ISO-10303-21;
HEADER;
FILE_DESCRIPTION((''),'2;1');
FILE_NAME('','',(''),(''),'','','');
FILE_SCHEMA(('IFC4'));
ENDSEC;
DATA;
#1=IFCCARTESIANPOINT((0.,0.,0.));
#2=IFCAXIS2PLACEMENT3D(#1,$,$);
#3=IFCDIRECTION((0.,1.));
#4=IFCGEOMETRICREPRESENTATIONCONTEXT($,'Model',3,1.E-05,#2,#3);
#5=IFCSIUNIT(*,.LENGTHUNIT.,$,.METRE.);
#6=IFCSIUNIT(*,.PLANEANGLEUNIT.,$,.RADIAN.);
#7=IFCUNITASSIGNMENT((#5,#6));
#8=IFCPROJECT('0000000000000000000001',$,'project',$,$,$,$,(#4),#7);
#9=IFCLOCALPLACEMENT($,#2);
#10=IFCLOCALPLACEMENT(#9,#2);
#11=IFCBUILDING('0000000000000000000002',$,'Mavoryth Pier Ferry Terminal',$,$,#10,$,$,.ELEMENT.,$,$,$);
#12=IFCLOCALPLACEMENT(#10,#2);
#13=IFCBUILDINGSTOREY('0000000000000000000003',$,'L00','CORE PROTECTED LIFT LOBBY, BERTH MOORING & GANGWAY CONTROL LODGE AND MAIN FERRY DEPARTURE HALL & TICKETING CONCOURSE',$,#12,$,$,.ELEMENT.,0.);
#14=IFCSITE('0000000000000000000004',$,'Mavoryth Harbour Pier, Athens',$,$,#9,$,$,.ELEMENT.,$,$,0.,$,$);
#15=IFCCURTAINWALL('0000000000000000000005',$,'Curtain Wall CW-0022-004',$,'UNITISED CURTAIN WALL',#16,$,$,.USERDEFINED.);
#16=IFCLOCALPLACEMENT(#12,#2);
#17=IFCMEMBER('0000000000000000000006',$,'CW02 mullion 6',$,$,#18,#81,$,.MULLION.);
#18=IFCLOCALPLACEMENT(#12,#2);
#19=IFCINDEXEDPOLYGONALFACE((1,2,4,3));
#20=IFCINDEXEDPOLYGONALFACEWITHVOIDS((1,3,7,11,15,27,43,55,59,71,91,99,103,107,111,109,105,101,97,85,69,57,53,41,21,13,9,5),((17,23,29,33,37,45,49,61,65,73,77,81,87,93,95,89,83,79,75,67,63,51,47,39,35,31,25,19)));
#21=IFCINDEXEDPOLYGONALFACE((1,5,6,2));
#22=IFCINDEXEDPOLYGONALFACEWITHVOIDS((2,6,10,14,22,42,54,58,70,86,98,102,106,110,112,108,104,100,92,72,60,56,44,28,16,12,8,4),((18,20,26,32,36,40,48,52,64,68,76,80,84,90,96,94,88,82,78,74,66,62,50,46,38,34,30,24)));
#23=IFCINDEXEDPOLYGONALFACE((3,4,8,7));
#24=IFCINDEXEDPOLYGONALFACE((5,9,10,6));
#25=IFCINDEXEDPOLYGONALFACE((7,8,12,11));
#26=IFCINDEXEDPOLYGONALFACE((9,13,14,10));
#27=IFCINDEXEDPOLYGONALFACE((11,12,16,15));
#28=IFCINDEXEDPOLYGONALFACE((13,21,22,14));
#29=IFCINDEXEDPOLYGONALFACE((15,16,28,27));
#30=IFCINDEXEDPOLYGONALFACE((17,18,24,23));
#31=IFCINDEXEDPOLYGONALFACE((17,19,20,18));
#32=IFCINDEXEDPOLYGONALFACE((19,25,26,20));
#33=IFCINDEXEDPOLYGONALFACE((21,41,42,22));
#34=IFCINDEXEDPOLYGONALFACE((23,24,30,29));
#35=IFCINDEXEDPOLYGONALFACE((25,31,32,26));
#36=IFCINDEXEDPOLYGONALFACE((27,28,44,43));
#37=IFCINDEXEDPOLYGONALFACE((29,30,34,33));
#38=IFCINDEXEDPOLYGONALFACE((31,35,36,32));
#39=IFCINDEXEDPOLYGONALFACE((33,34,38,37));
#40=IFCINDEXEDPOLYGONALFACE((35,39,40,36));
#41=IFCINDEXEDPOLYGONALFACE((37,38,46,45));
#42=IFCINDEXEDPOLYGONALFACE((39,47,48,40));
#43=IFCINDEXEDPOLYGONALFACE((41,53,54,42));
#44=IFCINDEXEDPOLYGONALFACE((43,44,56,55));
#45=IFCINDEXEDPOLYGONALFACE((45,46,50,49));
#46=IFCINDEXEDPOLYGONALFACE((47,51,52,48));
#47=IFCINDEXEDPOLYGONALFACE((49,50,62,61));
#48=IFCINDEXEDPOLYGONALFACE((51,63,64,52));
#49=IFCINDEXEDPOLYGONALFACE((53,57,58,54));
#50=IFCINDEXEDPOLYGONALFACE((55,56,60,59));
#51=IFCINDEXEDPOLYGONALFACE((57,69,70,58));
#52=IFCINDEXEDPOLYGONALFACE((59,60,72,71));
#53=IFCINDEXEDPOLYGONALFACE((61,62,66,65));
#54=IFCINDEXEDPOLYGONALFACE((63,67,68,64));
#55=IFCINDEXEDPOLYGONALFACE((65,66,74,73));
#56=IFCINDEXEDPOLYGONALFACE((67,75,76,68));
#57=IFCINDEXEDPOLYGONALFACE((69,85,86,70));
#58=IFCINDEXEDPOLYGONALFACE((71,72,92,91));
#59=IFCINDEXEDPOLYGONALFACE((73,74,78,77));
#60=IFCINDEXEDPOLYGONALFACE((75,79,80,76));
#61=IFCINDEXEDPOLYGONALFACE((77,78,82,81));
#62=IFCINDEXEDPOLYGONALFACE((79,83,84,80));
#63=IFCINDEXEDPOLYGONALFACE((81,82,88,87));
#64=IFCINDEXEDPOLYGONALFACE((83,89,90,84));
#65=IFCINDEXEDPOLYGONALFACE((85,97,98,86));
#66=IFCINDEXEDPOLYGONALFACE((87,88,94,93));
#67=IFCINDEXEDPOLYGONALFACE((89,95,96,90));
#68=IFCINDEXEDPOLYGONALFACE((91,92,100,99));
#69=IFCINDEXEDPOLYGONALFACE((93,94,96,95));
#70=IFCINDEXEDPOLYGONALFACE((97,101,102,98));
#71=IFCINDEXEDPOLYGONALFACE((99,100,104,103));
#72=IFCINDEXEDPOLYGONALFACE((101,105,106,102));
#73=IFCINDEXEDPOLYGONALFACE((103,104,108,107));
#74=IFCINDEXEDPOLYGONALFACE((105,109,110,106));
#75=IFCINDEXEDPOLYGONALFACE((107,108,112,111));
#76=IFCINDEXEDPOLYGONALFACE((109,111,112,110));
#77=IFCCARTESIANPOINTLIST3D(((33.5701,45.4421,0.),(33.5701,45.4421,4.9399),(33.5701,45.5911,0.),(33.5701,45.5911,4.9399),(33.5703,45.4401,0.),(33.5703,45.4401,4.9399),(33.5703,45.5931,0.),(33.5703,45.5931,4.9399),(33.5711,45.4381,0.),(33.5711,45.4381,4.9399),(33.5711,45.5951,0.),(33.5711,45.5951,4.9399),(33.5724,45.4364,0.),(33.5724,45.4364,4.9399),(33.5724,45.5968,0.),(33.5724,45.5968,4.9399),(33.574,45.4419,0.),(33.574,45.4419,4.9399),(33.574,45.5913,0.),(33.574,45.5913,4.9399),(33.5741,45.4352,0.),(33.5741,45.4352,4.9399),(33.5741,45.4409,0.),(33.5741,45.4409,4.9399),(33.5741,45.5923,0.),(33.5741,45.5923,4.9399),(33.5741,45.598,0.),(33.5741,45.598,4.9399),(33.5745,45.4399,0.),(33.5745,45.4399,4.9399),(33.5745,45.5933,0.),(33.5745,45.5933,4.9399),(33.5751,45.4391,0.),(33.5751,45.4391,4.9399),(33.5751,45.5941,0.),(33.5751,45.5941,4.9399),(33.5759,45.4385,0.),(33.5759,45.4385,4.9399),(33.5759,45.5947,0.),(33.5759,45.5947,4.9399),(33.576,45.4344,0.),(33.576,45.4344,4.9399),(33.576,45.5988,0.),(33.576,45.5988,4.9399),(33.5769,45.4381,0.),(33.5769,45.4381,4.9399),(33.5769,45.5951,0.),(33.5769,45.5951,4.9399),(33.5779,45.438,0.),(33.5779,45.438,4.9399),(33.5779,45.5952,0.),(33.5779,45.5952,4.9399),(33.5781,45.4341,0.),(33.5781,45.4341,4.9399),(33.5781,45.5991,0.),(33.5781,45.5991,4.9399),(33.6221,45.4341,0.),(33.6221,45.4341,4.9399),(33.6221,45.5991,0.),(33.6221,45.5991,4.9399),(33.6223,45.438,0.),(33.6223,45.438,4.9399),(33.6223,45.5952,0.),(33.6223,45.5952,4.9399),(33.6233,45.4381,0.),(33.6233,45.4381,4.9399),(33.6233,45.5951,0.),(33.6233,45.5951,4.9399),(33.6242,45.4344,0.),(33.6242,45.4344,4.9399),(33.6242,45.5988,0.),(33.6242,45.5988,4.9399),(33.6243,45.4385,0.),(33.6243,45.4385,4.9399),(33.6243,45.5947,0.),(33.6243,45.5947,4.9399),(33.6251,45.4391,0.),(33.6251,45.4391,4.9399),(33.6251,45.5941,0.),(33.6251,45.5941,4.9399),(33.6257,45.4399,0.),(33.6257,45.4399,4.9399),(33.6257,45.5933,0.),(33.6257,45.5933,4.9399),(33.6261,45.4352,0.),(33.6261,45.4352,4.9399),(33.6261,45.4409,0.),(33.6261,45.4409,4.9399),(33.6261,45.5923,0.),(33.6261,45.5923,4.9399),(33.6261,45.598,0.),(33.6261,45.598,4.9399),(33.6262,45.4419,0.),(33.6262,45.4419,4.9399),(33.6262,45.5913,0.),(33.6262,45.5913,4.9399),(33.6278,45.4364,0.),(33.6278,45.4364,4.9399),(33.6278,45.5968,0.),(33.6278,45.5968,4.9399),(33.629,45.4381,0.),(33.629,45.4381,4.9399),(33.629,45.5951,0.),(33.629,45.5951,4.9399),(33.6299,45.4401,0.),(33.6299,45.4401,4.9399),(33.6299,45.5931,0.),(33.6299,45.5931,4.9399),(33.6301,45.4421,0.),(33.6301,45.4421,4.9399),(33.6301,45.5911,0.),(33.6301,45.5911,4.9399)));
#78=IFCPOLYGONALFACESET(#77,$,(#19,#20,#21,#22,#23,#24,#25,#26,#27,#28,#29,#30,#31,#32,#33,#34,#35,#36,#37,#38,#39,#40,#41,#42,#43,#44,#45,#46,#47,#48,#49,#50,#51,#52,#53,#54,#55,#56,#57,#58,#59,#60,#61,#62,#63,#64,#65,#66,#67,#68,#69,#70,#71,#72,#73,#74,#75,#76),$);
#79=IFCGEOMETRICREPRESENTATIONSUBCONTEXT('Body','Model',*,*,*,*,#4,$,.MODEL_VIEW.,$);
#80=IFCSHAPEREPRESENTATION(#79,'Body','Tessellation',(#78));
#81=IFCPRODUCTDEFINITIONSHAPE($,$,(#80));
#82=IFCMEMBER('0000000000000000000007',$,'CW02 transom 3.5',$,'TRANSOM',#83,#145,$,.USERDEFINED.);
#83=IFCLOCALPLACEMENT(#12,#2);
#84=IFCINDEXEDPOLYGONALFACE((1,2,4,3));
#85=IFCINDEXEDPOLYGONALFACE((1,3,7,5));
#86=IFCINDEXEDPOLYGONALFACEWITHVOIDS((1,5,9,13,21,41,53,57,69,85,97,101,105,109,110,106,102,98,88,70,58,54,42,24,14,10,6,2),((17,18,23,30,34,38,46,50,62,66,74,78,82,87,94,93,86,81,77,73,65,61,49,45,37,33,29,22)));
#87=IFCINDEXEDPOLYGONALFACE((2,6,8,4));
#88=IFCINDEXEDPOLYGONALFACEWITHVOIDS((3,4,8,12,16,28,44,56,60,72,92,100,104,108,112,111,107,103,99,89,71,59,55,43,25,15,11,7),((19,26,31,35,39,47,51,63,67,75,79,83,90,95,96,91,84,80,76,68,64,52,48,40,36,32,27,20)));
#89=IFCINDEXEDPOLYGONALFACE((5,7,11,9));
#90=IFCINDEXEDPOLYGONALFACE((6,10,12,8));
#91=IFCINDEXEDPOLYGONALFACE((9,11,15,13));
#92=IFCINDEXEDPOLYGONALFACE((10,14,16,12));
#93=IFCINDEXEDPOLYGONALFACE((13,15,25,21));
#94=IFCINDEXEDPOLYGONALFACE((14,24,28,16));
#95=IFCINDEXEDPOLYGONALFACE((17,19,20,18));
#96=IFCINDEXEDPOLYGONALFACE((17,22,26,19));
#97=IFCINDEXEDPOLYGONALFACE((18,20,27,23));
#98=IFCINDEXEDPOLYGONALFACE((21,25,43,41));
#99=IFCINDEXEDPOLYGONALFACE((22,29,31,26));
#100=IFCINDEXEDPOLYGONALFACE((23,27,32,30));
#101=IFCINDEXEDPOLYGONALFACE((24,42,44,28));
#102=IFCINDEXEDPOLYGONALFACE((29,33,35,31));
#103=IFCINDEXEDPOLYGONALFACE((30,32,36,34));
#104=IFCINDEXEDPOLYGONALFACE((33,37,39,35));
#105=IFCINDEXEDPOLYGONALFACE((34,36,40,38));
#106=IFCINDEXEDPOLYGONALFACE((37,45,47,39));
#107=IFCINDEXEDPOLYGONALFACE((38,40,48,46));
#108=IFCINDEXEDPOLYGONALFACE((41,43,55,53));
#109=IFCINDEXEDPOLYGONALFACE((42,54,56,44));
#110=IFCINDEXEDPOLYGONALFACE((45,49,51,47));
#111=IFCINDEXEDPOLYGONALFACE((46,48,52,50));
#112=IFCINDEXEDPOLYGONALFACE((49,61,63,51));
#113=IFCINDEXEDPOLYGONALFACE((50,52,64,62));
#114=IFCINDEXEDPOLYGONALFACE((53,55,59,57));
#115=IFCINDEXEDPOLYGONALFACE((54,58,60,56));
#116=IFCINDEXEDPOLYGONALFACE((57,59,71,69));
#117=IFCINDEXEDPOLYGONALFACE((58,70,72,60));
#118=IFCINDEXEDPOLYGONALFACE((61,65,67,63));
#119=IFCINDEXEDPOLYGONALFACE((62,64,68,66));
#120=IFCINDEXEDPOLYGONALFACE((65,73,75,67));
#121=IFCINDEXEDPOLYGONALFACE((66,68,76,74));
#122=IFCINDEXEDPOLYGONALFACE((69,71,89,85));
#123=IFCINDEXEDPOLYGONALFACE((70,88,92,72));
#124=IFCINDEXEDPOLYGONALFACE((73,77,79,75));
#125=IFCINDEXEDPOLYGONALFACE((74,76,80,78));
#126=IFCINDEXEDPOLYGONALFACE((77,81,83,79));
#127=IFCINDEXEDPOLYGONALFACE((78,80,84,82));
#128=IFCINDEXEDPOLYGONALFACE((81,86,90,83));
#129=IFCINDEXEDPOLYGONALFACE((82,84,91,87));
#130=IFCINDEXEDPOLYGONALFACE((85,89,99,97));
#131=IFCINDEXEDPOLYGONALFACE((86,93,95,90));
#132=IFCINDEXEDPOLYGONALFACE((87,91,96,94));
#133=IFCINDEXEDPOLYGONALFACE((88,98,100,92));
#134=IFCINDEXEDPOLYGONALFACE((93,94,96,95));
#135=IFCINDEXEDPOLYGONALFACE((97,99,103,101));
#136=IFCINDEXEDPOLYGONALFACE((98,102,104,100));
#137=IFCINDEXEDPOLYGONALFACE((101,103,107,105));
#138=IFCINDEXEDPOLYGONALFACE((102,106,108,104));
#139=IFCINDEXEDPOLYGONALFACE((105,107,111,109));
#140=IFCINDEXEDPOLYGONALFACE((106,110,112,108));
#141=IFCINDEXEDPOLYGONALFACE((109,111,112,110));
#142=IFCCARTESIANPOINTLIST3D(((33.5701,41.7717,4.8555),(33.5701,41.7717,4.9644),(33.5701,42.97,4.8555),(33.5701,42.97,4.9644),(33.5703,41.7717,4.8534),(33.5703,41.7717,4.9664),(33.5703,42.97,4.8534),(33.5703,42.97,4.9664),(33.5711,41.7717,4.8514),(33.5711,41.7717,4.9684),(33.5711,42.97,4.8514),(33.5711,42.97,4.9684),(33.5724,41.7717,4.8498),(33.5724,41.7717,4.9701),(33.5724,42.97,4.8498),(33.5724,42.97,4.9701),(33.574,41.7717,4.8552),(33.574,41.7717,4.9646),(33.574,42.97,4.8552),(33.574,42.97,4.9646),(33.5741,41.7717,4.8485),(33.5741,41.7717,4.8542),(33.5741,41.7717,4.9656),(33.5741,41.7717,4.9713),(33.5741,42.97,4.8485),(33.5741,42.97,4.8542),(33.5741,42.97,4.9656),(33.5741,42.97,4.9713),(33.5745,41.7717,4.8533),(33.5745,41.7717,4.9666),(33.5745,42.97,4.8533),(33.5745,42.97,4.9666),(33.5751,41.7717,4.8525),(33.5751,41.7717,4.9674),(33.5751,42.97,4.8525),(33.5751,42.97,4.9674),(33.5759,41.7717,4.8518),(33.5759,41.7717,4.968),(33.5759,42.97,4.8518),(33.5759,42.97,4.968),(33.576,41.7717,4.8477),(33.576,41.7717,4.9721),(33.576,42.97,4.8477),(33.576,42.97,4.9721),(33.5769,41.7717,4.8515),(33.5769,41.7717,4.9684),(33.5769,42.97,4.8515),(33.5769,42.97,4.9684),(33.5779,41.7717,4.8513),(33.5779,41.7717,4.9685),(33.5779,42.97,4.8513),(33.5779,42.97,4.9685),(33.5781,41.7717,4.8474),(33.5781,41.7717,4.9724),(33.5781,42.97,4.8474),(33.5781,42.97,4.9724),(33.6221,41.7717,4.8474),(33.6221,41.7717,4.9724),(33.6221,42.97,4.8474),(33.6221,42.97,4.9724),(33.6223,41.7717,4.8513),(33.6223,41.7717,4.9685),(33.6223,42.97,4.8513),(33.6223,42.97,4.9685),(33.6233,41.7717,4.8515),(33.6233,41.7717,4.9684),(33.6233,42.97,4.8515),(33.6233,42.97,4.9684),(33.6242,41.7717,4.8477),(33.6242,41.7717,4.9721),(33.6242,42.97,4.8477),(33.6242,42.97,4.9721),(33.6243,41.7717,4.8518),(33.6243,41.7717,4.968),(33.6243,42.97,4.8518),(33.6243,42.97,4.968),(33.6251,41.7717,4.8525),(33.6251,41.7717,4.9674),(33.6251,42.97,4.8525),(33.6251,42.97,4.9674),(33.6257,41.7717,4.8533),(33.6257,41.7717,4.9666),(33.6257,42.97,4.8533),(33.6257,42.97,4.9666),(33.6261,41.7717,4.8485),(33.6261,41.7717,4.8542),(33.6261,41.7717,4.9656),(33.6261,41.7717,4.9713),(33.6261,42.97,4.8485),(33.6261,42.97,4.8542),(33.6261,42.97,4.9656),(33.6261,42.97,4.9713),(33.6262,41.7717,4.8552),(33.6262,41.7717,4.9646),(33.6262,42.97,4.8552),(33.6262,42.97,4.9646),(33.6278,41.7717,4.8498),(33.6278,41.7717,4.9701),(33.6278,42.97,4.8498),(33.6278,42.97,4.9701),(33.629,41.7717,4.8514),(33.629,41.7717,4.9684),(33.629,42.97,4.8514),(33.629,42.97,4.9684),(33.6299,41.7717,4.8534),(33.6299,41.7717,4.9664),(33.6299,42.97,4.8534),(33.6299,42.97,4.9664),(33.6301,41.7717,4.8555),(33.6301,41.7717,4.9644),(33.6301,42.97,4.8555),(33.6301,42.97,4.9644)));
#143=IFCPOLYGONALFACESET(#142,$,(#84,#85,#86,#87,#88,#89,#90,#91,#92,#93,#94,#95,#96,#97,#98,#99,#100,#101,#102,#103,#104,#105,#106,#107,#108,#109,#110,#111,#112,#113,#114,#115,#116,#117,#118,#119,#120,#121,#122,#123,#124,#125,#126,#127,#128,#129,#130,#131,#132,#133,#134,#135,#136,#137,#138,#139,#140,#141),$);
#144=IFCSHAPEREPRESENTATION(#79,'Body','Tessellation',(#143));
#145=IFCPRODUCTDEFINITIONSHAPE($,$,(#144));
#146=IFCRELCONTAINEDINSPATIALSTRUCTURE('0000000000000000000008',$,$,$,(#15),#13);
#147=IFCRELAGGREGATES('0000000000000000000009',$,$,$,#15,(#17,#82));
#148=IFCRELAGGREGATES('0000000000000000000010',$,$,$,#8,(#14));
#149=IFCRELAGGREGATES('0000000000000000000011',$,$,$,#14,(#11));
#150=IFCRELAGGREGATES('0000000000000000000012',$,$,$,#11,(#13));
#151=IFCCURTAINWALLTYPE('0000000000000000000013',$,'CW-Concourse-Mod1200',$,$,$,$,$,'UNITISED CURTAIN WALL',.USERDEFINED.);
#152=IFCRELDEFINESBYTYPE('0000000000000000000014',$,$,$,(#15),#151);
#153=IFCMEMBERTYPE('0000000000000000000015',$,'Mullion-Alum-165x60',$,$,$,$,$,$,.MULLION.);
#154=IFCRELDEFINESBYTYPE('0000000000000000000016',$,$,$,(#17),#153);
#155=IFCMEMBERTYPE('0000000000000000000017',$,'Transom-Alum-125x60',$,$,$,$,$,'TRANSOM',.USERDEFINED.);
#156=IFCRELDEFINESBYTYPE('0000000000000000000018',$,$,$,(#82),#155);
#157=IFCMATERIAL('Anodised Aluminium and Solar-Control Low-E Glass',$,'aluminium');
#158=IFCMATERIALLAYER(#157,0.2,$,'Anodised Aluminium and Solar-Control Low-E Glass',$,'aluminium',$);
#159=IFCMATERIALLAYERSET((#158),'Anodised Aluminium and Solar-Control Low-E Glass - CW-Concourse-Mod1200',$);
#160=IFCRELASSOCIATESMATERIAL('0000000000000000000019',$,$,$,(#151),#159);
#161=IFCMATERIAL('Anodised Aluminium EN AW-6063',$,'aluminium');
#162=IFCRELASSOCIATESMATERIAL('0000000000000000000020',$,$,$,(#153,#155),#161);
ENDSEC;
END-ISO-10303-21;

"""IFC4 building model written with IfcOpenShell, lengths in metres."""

from ifc_helpers import new_model, si_unit, direction, frame, origin, origin_2d, place, context, subcontext, project, spatial, hollow_rectangle, extrude, material, layer, layer_set, material_profile, profile_set, type_object, element, aggregate, save


model = new_model("IFC4")

# Units and contexts
model_context = context("Model", 3, precision=1e-05, world=origin(), true_north=direction((0.0, 1.0)))
body_context = subcontext(model_context, "Body", "Model", "MODEL_VIEW")
ifc_project = project(units=[si_unit("LENGTHUNIT", "METRE"), si_unit("PLANEANGLEUNIT", "RADIAN")], contexts=[model_context])

# Site, building, storey
site_placement = place(None, origin())
site = spatial("IfcSite", under=ifc_project, at=site_placement, Name="Mavoryth Harbour Pier, Athens", CompositionType="ELEMENT", RefElevation=0.0)
building_placement = place(site_placement, origin())
building = spatial("IfcBuilding", under=site, at=building_placement, Name="Mavoryth Pier Ferry Terminal", CompositionType="ELEMENT")
storey_placement = place(building_placement, origin())
storey = spatial("IfcBuildingStorey", under=building, at=storey_placement, Name="L00", Description="CORE PROTECTED LIFT LOBBY, BERTH MOORING & GANGWAY CONTROL LODGE AND MAIN FERRY DEPARTURE HALL & TICKETING CONCOURSE", CompositionType="ELEMENT", Elevation=0.0)

# Curtain wall, members
ifc_material_1 = material(Name="Anodised Aluminium and Solar-Control Low-E Glass", Category="aluminium")
ifc_layer_1 = layer(ifc_material_1, 0.2, Name="Anodised Aluminium and Solar-Control Low-E Glass", Category="aluminium")
ifc_layer_set_1 = layer_set([ifc_layer_1], Name="Anodised Aluminium and Solar-Control Low-E Glass - CW-Concourse-Mod1200")
curtain_wall_type = type_object("IfcCurtainWallType", Name="CW-Concourse-Mod1200", ElementType="UNITISED CURTAIN WALL", PredefinedType="USERDEFINED", material=ifc_layer_set_1)
curtain_wall_placement = place(storey_placement, origin())
curtain_wall = element("IfcCurtainWall", 1, at=curtain_wall_placement, inside=storey, type_object=curtain_wall_type, Name="Curtain Wall CW-0022-004", ObjectType="UNITISED CURTAIN WALL", PredefinedType="USERDEFINED")
ifc_material_2 = material(Name="Anodised Aluminium EN AW-6063", Category="aluminium")
ifc_material_profile_1 = material_profile(ifc_material_2, hollow_rectangle(XDim=0.0601, YDim=0.165, WallThickness=0.0039, InnerFilletRadius=0.0039, OuterFilletRadius=0.0081, at=origin_2d()), Name="AL-MULL 165x60x4", Category="aluminium")
ifc_profile_set_1 = profile_set([ifc_material_profile_1], Name="Anodised Aluminium EN AW-6063 - AL-MULL 165x60x4")
member_type_1 = type_object("IfcMemberType", Name="Mullion-Alum-165x60", PredefinedType="MULLION", material=ifc_profile_set_1)
member_1_placement = place(storey_placement, frame((33.6001, 45.5166, 0.0), z_axis=(0.0, 0.0, 1.0), x_axis=(-1.0, 0.0, 0.0)))
member_1 = element("IfcMember", 2, at=member_1_placement, type_object=member_type_1, Name="CW02 mullion 6", PredefinedType="MULLION", context=body_context, shape_type="SweptSolid", body=[
    extrude(hollow_rectangle(XDim=0.0601, YDim=0.165, WallThickness=0.0039, InnerFilletRadius=0.0039, OuterFilletRadius=0.0081, at=origin_2d()), origin(), (0.0, 0.0, 1.0), 4.9399),
])
ifc_material_profile_2 = material_profile(ifc_material_2, hollow_rectangle(XDim=0.0601, YDim=0.125, WallThickness=0.0039, InnerFilletRadius=0.0039, OuterFilletRadius=0.0081, at=origin_2d()), Name="AL-TRAN 125x60x4", Category="aluminium")
ifc_profile_set_2 = profile_set([ifc_material_profile_2], Name="Anodised Aluminium EN AW-6063 - AL-TRAN 125x60x4")
member_type_2 = type_object("IfcMemberType", Name="Transom-Alum-125x60", ElementType="TRANSOM", PredefinedType="USERDEFINED", material=ifc_profile_set_2)
member_2_placement = place(storey_placement, frame((33.6001, 41.7717, 4.9099), z_axis=(0.0, 1.0, 0.0), x_axis=(-1.0, 0.0, 0.0)))
member_2 = element("IfcMember", 3, at=member_2_placement, type_object=member_type_2, Name="CW02 transom 3.5", ObjectType="TRANSOM", PredefinedType="USERDEFINED", context=body_context, shape_type="SweptSolid", body=[
    extrude(hollow_rectangle(XDim=0.0601, YDim=0.125, WallThickness=0.0039, InnerFilletRadius=0.0039, OuterFilletRadius=0.0081, at=origin_2d()), origin(), (0.0, 0.0, 1.0), 1.1982),
])
aggregate(curtain_wall, [member_1, member_2])

save(model, "model.ifc")
